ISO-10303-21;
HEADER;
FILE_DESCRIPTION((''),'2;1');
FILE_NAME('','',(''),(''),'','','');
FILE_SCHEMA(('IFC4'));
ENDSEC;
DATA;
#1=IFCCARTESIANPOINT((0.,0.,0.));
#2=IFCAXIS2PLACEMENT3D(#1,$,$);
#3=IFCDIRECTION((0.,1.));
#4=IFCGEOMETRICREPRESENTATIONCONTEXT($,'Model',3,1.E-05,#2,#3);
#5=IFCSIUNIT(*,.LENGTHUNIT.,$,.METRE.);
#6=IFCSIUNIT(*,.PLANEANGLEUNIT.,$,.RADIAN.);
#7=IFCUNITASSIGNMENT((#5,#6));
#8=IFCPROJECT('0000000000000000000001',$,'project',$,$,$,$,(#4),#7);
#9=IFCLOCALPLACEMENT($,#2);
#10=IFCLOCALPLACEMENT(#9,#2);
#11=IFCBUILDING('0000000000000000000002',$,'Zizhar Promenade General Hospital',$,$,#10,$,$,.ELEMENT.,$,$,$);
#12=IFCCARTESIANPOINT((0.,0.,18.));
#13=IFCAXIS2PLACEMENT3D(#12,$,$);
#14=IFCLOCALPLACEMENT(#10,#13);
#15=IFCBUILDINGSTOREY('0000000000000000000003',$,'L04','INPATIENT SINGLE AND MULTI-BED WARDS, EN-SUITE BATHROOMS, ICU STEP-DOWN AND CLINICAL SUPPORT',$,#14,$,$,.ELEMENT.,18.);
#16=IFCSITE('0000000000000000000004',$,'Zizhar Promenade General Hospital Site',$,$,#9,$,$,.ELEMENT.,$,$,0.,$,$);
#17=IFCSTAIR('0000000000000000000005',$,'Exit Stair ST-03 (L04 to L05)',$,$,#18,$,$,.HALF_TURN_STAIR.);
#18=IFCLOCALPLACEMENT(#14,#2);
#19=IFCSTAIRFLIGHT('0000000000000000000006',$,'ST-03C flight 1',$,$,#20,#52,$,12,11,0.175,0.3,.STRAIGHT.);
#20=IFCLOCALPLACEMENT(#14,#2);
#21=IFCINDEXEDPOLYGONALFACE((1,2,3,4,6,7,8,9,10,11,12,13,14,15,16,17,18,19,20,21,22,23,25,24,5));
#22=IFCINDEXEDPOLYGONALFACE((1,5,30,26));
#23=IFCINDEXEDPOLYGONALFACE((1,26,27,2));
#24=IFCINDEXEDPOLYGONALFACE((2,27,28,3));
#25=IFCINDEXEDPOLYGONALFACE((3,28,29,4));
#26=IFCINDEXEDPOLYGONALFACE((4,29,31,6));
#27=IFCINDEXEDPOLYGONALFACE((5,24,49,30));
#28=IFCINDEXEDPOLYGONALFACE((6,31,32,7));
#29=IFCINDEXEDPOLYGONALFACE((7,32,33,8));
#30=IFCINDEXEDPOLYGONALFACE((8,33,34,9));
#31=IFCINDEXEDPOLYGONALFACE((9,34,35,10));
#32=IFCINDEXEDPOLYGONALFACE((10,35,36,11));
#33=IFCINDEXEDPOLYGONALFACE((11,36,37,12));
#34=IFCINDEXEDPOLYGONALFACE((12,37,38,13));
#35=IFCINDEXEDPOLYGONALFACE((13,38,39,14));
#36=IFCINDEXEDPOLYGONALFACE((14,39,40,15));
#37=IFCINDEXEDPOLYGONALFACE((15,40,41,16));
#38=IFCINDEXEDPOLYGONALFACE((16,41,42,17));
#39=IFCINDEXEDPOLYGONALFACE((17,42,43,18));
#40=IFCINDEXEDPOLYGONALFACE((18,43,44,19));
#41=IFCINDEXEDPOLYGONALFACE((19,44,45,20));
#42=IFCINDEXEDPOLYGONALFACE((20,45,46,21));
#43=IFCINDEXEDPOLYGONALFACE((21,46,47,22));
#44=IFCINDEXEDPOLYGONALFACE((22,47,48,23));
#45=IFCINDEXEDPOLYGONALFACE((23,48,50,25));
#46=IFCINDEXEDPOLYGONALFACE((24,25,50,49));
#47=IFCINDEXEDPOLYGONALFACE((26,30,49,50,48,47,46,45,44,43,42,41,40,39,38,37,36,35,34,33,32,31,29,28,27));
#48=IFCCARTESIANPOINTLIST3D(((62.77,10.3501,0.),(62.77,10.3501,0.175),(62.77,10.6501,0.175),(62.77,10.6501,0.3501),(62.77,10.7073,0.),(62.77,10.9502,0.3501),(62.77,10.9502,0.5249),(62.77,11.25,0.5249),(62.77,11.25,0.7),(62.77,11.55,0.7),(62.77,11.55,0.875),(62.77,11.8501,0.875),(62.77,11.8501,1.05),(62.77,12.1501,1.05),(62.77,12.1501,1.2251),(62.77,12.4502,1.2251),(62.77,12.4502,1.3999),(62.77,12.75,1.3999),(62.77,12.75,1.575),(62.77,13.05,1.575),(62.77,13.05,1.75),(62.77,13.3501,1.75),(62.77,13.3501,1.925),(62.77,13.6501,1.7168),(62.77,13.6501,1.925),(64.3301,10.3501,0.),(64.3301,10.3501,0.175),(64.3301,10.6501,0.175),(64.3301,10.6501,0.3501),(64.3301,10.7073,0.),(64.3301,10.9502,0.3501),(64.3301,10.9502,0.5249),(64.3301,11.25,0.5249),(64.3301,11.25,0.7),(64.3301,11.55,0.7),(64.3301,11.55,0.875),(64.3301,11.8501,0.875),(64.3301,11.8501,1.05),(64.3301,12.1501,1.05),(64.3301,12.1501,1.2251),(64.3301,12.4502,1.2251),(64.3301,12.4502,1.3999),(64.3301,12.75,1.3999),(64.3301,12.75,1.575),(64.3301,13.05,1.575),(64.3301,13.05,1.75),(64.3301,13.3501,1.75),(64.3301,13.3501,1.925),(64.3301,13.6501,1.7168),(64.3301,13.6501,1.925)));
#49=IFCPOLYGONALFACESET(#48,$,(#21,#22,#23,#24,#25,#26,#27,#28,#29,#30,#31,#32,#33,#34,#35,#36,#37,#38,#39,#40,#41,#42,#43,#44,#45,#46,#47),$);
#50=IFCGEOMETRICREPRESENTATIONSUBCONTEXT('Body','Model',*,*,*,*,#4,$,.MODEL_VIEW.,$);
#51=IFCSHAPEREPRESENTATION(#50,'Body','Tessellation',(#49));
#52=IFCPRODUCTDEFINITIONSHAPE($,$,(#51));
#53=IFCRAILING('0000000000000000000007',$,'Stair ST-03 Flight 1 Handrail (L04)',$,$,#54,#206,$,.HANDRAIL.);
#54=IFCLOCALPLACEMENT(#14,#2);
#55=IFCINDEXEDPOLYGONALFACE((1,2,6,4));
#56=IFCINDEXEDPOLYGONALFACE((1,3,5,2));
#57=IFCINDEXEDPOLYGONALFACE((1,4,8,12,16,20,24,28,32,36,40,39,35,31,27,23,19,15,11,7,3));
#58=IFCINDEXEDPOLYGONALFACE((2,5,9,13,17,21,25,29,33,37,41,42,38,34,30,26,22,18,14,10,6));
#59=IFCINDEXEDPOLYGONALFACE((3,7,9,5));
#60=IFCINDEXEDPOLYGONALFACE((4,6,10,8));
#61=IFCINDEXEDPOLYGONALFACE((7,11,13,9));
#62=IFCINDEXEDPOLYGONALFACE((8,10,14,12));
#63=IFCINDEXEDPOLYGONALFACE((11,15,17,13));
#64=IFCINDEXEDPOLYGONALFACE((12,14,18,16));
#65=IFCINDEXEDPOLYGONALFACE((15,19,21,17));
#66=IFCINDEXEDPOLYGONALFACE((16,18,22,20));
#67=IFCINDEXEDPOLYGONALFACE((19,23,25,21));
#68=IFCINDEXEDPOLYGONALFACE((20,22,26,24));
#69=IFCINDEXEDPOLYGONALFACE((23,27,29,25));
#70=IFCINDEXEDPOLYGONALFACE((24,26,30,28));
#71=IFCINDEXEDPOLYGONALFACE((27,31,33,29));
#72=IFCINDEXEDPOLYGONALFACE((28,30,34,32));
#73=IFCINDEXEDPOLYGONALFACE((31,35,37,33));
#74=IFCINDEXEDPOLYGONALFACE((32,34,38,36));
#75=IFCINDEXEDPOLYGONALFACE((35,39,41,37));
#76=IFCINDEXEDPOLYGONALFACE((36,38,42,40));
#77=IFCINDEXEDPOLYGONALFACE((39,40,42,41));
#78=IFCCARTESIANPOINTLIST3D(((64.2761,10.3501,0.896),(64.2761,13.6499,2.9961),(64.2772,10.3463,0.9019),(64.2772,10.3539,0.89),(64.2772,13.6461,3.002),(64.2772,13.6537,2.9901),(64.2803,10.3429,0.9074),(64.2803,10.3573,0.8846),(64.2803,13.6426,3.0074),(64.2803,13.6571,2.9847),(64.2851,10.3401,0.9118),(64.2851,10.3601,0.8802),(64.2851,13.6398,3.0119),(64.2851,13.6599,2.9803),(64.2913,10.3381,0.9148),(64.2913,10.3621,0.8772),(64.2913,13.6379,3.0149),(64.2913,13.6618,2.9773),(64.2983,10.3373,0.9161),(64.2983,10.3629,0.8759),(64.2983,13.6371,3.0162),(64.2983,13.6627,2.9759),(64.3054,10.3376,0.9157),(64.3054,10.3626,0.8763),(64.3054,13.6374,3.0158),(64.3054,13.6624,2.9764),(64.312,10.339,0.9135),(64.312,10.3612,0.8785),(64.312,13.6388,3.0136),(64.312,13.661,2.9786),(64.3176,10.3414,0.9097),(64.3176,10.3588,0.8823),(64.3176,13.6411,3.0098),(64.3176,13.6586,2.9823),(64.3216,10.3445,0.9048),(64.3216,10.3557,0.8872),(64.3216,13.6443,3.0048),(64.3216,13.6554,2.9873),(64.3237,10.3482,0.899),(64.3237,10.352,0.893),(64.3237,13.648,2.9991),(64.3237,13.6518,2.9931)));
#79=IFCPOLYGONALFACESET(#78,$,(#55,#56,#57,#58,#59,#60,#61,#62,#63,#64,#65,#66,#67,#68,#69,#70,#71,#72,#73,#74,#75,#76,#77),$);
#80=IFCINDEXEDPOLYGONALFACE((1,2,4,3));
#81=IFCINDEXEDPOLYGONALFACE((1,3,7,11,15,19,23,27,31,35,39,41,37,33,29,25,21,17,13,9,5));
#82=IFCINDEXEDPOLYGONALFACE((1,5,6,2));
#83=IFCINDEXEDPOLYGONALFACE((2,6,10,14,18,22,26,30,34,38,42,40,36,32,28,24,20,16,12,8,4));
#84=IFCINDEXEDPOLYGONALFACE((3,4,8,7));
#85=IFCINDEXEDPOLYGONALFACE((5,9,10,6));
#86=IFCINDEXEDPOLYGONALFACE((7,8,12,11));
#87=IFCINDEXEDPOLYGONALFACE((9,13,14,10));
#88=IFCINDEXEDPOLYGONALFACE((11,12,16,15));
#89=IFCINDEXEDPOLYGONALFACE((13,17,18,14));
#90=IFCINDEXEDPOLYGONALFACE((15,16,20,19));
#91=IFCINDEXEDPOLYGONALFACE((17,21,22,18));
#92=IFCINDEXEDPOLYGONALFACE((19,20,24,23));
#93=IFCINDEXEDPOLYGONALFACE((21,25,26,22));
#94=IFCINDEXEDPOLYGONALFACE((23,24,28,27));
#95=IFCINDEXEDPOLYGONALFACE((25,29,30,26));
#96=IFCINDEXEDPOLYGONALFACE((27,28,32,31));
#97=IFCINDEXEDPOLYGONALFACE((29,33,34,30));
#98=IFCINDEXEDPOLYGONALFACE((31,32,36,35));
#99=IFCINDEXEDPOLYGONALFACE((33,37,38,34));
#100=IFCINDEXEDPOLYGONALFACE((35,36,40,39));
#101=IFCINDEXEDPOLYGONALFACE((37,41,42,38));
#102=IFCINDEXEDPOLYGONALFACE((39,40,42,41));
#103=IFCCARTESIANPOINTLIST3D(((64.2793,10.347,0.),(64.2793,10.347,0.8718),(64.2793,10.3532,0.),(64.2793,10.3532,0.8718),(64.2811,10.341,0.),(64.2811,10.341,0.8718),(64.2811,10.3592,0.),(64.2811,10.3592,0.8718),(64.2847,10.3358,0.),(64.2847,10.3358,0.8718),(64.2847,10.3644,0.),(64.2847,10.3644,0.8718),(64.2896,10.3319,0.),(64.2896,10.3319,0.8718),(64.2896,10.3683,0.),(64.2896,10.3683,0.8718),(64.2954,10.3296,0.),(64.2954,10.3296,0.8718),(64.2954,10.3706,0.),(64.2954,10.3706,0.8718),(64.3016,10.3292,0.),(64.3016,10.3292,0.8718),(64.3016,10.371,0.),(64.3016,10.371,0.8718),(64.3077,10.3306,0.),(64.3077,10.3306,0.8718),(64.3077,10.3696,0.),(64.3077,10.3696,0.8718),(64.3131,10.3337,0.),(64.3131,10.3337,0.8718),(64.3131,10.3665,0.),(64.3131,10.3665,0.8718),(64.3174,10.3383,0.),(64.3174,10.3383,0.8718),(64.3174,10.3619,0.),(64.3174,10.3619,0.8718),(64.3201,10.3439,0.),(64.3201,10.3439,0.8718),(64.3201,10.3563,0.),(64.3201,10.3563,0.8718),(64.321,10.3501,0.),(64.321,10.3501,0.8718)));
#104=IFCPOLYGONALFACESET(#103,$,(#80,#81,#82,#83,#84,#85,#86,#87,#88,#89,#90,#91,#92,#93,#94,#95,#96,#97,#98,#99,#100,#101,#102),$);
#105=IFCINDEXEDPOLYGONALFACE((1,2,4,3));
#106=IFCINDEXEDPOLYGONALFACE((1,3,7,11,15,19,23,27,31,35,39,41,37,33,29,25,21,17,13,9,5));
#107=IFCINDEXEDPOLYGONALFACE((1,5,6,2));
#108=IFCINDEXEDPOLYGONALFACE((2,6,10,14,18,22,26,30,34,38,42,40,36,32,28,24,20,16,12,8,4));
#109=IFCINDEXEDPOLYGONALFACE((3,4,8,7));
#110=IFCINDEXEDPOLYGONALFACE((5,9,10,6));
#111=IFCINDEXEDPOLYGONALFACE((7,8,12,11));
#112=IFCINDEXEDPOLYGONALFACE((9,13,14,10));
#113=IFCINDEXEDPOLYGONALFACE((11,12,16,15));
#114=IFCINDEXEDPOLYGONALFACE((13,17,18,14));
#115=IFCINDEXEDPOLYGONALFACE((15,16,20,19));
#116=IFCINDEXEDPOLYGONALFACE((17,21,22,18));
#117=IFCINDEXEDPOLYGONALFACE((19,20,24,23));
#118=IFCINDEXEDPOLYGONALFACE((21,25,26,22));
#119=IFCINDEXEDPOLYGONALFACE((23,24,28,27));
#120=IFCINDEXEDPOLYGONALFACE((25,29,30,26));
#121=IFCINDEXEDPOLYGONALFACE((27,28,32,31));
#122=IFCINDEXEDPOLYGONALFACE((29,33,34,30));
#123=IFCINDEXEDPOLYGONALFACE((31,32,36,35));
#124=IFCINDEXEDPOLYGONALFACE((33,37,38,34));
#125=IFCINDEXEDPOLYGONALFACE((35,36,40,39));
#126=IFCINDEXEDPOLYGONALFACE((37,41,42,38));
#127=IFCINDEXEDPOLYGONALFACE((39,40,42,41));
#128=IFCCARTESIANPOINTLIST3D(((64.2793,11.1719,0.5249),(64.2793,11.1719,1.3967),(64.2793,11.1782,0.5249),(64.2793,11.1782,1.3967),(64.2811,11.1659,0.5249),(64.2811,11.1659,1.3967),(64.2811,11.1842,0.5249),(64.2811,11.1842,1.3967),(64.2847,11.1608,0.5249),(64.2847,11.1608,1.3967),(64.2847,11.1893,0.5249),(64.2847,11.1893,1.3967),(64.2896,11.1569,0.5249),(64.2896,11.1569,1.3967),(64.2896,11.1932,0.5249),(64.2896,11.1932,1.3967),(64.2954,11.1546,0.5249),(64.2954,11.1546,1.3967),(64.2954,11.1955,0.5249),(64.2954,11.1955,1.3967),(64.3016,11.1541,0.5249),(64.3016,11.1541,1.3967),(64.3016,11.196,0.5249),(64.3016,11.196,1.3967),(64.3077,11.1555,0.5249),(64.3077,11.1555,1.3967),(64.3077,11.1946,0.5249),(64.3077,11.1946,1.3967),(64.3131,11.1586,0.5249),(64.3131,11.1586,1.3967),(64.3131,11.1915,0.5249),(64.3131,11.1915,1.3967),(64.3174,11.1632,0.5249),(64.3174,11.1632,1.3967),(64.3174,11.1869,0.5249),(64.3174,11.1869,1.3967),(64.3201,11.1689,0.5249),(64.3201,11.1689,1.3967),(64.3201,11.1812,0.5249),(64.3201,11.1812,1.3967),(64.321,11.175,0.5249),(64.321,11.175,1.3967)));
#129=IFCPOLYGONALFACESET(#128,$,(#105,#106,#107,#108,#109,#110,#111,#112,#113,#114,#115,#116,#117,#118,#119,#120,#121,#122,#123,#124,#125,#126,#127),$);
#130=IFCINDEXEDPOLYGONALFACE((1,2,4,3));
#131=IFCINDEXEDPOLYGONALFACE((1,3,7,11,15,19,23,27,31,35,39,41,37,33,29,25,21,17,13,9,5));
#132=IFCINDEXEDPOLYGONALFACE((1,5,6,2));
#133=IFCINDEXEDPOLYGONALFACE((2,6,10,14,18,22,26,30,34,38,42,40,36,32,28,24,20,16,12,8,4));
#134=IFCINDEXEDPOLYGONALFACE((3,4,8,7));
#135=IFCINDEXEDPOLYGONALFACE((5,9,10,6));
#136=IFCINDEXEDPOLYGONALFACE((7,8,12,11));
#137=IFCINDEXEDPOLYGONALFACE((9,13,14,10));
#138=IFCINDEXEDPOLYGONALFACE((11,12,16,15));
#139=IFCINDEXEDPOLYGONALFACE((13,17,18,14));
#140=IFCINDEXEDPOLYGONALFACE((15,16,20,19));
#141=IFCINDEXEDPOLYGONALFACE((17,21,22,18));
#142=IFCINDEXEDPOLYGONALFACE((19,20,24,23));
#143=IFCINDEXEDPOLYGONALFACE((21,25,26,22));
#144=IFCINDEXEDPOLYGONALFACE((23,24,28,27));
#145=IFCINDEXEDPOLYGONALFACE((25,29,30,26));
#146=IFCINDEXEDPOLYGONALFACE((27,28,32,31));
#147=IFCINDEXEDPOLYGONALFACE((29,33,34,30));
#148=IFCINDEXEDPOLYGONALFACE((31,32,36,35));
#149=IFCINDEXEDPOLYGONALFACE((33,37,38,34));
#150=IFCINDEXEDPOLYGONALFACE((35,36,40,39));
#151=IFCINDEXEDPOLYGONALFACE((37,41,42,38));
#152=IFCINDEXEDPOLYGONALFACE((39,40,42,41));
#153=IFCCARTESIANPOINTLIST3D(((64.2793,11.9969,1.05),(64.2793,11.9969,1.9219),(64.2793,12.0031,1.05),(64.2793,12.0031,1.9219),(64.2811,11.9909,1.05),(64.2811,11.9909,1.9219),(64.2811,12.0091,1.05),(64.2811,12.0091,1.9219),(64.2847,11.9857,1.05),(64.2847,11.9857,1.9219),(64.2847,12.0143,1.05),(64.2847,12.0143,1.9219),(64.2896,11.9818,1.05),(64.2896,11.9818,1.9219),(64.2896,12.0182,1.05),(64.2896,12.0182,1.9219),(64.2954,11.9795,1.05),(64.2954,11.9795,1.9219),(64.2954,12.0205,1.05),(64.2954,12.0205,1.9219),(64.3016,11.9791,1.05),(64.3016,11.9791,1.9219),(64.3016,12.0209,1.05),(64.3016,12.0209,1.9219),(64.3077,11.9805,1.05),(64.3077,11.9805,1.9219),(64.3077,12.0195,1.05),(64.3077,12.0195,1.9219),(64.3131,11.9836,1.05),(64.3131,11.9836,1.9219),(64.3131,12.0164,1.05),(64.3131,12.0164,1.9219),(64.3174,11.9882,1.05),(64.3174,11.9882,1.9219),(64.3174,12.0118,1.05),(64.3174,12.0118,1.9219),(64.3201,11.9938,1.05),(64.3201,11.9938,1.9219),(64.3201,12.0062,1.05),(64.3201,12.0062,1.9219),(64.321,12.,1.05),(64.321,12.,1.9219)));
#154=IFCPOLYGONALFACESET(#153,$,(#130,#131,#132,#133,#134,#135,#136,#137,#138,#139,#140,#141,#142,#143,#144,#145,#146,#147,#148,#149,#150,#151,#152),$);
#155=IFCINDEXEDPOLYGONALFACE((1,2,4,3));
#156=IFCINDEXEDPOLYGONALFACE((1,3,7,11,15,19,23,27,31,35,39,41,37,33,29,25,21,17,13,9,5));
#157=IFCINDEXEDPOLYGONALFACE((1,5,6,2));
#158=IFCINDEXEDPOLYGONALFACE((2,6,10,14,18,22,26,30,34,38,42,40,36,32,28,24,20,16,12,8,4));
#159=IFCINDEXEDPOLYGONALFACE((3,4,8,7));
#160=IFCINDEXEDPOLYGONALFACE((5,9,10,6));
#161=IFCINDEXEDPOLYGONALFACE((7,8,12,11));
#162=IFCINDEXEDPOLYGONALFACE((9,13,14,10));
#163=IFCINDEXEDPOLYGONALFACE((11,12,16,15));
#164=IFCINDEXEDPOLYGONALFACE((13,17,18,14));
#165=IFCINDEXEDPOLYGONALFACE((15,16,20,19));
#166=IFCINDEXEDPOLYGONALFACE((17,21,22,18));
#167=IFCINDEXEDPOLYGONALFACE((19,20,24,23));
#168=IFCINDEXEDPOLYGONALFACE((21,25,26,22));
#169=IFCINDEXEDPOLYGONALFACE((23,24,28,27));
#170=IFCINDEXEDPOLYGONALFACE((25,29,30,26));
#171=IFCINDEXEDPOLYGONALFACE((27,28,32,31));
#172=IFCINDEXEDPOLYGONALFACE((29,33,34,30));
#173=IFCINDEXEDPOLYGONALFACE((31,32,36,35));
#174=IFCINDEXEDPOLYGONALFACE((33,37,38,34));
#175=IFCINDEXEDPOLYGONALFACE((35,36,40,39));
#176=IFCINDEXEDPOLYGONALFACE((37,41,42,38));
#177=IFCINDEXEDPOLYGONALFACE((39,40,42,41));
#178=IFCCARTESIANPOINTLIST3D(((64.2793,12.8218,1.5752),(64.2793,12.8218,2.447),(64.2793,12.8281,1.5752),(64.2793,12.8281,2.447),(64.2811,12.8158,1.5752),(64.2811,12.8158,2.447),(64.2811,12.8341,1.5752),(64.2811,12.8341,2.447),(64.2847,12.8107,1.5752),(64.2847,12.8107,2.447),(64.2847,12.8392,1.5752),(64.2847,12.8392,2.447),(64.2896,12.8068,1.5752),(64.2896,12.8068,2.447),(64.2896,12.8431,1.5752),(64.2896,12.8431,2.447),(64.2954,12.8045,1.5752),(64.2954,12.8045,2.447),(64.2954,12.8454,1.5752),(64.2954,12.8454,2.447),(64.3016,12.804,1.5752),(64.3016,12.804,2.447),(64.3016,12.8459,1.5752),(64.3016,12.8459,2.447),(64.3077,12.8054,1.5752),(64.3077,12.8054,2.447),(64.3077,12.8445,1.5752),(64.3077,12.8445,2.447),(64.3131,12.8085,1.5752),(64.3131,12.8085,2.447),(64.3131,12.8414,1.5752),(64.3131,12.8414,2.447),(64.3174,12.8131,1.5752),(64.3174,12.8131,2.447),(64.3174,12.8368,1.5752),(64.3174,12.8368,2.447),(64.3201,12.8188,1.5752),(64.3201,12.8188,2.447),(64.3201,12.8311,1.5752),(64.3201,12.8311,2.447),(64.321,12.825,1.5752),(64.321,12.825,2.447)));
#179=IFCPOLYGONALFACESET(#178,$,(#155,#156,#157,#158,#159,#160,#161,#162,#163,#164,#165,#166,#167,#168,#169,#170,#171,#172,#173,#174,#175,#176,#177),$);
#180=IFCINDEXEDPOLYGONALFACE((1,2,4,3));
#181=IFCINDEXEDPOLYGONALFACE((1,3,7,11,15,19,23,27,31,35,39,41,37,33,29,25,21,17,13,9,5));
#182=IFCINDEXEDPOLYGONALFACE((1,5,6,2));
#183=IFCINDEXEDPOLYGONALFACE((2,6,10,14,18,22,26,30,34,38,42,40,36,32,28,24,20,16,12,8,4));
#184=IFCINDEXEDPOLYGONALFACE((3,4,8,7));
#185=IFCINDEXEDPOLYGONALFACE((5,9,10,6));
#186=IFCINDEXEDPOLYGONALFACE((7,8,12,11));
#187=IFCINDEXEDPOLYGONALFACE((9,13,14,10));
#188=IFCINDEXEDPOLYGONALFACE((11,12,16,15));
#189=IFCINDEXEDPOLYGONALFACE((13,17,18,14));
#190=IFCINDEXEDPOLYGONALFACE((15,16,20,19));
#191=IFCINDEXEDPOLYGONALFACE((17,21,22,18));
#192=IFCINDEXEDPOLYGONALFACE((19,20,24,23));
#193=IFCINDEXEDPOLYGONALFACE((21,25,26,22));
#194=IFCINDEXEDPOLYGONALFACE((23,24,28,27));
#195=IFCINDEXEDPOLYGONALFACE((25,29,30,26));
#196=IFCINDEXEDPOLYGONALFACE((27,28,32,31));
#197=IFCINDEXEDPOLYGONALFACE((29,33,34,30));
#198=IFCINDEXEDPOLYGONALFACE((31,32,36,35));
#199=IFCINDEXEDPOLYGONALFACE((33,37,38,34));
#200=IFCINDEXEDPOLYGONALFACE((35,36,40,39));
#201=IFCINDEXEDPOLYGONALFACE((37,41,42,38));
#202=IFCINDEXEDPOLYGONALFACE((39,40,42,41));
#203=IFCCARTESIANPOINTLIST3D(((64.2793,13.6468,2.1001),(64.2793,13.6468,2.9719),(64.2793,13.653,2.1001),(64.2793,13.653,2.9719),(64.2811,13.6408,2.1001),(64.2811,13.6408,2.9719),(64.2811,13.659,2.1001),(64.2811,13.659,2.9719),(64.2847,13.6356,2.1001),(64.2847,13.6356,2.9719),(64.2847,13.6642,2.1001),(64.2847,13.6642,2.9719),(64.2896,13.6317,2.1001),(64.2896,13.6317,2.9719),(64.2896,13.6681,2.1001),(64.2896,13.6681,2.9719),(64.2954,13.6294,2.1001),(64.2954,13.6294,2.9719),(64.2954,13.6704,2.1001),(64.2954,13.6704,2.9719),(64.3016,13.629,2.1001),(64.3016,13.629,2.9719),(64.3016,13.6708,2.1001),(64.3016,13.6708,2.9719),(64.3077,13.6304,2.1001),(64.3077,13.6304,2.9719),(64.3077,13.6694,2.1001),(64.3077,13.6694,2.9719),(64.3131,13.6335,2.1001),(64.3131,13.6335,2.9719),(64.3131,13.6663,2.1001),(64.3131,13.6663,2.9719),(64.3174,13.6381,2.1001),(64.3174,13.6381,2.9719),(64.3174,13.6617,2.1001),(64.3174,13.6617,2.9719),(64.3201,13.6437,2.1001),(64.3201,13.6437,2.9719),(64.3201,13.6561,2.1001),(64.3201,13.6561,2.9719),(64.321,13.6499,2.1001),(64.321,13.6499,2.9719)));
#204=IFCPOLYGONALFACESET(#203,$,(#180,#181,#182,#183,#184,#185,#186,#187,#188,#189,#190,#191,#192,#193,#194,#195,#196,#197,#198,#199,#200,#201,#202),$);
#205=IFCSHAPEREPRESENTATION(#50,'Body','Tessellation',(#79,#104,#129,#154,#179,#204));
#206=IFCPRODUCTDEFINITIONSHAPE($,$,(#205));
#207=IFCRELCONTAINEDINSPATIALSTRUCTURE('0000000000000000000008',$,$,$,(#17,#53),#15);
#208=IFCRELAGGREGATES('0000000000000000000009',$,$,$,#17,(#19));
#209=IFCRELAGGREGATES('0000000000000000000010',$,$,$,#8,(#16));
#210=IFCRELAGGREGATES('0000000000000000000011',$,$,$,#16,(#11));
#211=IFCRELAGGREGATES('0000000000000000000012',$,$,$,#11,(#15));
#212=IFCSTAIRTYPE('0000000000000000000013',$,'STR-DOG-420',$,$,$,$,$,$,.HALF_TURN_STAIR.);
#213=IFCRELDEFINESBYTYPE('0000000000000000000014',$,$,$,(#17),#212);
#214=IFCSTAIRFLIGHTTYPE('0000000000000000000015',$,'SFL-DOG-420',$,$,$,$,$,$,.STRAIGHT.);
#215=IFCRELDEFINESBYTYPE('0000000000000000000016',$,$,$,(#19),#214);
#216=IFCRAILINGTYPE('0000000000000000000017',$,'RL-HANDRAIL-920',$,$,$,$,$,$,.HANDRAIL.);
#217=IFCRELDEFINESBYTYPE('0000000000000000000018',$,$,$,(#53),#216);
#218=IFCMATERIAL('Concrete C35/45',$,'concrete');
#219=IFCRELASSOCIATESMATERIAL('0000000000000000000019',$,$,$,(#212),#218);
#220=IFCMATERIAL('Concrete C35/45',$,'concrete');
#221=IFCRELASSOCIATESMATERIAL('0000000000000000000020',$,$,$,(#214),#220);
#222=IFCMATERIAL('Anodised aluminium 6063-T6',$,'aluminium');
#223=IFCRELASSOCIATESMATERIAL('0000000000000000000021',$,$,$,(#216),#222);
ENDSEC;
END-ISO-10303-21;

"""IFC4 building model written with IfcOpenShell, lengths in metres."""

from ifc_helpers import new_model, si_unit, direction, frame, origin, origin_2d, place, context, subcontext, project, spatial, polyline, circle, hollow_circle, outline, extrude, material, material_profile, profile_set, type_object, element, aggregate, save


model = new_model("IFC4")

# Units and contexts
model_context = context("Model", 3, precision=1e-05, world=origin(), true_north=direction((0.0, 1.0)))
body_context = subcontext(model_context, "Body", "Model", "MODEL_VIEW")
ifc_project = project(units=[si_unit("LENGTHUNIT", "METRE"), si_unit("PLANEANGLEUNIT", "RADIAN")], contexts=[model_context])

# Site, building, storey
site_placement = place(None, origin())
site = spatial("IfcSite", under=ifc_project, at=site_placement, Name="Zizhar Promenade General Hospital Site", CompositionType="ELEMENT", RefElevation=0.0)
building_placement = place(site_placement, origin())
building = spatial("IfcBuilding", under=site, at=building_placement, Name="Zizhar Promenade General Hospital", CompositionType="ELEMENT")
storey_placement = place(building_placement, frame((0.0, 0.0, 18.0)))
storey = spatial("IfcBuildingStorey", under=building, at=storey_placement, Name="L04", Description="INPATIENT SINGLE AND MULTI-BED WARDS, EN-SUITE BATHROOMS, ICU STEP-DOWN AND CLINICAL SUPPORT", CompositionType="ELEMENT", Elevation=18.0)

# Stair, stair flight
ifc_material_1 = material(Name="Concrete C35/45", Category="concrete")
stair_type = type_object("IfcStairType", Name="STR-DOG-420", PredefinedType="HALF_TURN_STAIR", material=ifc_material_1)
stair_placement = place(storey_placement, origin())
stair = element("IfcStair", 1, at=stair_placement, inside=storey, type_object=stair_type, Name="Exit Stair ST-03 (L04 to L05)", PredefinedType="HALF_TURN_STAIR")
ifc_material_2 = material(Name="Concrete C35/45", Category="concrete")
stair_flight_type = type_object("IfcStairFlightType", Name="SFL-DOG-420", PredefinedType="STRAIGHT", material=ifc_material_2)
stair_flight_placement = place(storey_placement, frame((63.55, 10.3501, 0.0), z_axis=(0.0, 0.0, 1.0), x_axis=(0.0, 1.0, 0.0)))
stair_flight = element("IfcStairFlight", 2, at=stair_flight_placement, type_object=stair_flight_type, Name="ST-03C flight 1", NumberOfRisers=12, NumberOfTreads=11, PredefinedType="STRAIGHT", RiserHeight=0.175, TreadLength=0.3, context=body_context, shape_type="SweptSolid", body=[
    extrude(outline(polyline([(0.0, 0.0), (0.0, 0.175), (0.3, 0.175), (0.3, 0.3501), (0.6001, 0.3501), (0.6001, 0.5249), (0.8999, 0.5249), (0.8999, 0.7), (1.2, 0.7), (1.2, 0.875), (1.5, 0.875), (1.5, 1.05), (1.8, 1.05), (1.8, 1.2251), (2.1001, 1.2251), (2.1001, 1.3999), (2.3999, 1.3999), (2.3999, 1.575), (2.7, 1.575), (2.7, 1.75), (3.0, 1.75), (3.0, 1.925), (3.3, 1.925), (3.3, 2.1001), (3.3, 1.7168), (0.3572, 0.0), (0.0, 0.0)])), frame((0.0, 0.78, 0.0), z_axis=(0.0, -1.0, 0.0), x_axis=(1.0, 0.0, 0.0)), (0.0, 0.0, 1.0), 1.5601),
])
aggregate(stair, [stair_flight])

# Railing
ifc_material_3 = material(Name="Anodised aluminium 6063-T6", Category="aluminium")
ifc_material_profile_1 = material_profile(ifc_material_3, hollow_circle(Radius=0.0698, WallThickness=0.0063, at=origin_2d()))
ifc_profile_set_1 = profile_set([ifc_material_profile_1], Name="Anodised aluminium 6063-T6")
railing_type_1 = type_object("IfcRailingType", Name="RL-HANDRAIL-920", PredefinedType="HANDRAIL", material=ifc_profile_set_1)
railing_placement = place(storey_placement, frame((64.3, 10.3501, 0.0)))
element("IfcRailing", 3, at=railing_placement, inside=storey, type_object=railing_type_1, Name="Stair ST-03 Flight 1 Handrail (L04)", PredefinedType="HANDRAIL", context=body_context, shape_type="SweptSolid", body=[
    extrude(circle(Radius=0.0239, at=origin_2d()), frame((0.0, 0.0, 0.896), z_axis=(0.0, 0.843636, 0.536916), x_axis=(-1.0, 0.0, 0.0)), (0.0, 0.0, 1.0), 3.9114),
    extrude(circle(Radius=0.021, at=origin_2d()), origin(), (0.0, 0.0, 1.0), 0.8718),
    extrude(circle(Radius=0.021, at=origin_2d()), frame((0.0, 0.825, 0.5249)), (0.0, 0.0, 1.0), 0.8718),
    extrude(circle(Radius=0.021, at=origin_2d()), frame((0.0, 1.6499, 1.05)), (0.0, 0.0, 1.0), 0.8718),
    extrude(circle(Radius=0.021, at=origin_2d()), frame((0.0, 2.4749, 1.5752)), (0.0, 0.0, 1.0), 0.8718),
    extrude(circle(Radius=0.021, at=origin_2d()), frame((0.0, 3.2998, 2.1001)), (0.0, 0.0, 1.0), 0.8718),
])

save(model, "model.ifc")
